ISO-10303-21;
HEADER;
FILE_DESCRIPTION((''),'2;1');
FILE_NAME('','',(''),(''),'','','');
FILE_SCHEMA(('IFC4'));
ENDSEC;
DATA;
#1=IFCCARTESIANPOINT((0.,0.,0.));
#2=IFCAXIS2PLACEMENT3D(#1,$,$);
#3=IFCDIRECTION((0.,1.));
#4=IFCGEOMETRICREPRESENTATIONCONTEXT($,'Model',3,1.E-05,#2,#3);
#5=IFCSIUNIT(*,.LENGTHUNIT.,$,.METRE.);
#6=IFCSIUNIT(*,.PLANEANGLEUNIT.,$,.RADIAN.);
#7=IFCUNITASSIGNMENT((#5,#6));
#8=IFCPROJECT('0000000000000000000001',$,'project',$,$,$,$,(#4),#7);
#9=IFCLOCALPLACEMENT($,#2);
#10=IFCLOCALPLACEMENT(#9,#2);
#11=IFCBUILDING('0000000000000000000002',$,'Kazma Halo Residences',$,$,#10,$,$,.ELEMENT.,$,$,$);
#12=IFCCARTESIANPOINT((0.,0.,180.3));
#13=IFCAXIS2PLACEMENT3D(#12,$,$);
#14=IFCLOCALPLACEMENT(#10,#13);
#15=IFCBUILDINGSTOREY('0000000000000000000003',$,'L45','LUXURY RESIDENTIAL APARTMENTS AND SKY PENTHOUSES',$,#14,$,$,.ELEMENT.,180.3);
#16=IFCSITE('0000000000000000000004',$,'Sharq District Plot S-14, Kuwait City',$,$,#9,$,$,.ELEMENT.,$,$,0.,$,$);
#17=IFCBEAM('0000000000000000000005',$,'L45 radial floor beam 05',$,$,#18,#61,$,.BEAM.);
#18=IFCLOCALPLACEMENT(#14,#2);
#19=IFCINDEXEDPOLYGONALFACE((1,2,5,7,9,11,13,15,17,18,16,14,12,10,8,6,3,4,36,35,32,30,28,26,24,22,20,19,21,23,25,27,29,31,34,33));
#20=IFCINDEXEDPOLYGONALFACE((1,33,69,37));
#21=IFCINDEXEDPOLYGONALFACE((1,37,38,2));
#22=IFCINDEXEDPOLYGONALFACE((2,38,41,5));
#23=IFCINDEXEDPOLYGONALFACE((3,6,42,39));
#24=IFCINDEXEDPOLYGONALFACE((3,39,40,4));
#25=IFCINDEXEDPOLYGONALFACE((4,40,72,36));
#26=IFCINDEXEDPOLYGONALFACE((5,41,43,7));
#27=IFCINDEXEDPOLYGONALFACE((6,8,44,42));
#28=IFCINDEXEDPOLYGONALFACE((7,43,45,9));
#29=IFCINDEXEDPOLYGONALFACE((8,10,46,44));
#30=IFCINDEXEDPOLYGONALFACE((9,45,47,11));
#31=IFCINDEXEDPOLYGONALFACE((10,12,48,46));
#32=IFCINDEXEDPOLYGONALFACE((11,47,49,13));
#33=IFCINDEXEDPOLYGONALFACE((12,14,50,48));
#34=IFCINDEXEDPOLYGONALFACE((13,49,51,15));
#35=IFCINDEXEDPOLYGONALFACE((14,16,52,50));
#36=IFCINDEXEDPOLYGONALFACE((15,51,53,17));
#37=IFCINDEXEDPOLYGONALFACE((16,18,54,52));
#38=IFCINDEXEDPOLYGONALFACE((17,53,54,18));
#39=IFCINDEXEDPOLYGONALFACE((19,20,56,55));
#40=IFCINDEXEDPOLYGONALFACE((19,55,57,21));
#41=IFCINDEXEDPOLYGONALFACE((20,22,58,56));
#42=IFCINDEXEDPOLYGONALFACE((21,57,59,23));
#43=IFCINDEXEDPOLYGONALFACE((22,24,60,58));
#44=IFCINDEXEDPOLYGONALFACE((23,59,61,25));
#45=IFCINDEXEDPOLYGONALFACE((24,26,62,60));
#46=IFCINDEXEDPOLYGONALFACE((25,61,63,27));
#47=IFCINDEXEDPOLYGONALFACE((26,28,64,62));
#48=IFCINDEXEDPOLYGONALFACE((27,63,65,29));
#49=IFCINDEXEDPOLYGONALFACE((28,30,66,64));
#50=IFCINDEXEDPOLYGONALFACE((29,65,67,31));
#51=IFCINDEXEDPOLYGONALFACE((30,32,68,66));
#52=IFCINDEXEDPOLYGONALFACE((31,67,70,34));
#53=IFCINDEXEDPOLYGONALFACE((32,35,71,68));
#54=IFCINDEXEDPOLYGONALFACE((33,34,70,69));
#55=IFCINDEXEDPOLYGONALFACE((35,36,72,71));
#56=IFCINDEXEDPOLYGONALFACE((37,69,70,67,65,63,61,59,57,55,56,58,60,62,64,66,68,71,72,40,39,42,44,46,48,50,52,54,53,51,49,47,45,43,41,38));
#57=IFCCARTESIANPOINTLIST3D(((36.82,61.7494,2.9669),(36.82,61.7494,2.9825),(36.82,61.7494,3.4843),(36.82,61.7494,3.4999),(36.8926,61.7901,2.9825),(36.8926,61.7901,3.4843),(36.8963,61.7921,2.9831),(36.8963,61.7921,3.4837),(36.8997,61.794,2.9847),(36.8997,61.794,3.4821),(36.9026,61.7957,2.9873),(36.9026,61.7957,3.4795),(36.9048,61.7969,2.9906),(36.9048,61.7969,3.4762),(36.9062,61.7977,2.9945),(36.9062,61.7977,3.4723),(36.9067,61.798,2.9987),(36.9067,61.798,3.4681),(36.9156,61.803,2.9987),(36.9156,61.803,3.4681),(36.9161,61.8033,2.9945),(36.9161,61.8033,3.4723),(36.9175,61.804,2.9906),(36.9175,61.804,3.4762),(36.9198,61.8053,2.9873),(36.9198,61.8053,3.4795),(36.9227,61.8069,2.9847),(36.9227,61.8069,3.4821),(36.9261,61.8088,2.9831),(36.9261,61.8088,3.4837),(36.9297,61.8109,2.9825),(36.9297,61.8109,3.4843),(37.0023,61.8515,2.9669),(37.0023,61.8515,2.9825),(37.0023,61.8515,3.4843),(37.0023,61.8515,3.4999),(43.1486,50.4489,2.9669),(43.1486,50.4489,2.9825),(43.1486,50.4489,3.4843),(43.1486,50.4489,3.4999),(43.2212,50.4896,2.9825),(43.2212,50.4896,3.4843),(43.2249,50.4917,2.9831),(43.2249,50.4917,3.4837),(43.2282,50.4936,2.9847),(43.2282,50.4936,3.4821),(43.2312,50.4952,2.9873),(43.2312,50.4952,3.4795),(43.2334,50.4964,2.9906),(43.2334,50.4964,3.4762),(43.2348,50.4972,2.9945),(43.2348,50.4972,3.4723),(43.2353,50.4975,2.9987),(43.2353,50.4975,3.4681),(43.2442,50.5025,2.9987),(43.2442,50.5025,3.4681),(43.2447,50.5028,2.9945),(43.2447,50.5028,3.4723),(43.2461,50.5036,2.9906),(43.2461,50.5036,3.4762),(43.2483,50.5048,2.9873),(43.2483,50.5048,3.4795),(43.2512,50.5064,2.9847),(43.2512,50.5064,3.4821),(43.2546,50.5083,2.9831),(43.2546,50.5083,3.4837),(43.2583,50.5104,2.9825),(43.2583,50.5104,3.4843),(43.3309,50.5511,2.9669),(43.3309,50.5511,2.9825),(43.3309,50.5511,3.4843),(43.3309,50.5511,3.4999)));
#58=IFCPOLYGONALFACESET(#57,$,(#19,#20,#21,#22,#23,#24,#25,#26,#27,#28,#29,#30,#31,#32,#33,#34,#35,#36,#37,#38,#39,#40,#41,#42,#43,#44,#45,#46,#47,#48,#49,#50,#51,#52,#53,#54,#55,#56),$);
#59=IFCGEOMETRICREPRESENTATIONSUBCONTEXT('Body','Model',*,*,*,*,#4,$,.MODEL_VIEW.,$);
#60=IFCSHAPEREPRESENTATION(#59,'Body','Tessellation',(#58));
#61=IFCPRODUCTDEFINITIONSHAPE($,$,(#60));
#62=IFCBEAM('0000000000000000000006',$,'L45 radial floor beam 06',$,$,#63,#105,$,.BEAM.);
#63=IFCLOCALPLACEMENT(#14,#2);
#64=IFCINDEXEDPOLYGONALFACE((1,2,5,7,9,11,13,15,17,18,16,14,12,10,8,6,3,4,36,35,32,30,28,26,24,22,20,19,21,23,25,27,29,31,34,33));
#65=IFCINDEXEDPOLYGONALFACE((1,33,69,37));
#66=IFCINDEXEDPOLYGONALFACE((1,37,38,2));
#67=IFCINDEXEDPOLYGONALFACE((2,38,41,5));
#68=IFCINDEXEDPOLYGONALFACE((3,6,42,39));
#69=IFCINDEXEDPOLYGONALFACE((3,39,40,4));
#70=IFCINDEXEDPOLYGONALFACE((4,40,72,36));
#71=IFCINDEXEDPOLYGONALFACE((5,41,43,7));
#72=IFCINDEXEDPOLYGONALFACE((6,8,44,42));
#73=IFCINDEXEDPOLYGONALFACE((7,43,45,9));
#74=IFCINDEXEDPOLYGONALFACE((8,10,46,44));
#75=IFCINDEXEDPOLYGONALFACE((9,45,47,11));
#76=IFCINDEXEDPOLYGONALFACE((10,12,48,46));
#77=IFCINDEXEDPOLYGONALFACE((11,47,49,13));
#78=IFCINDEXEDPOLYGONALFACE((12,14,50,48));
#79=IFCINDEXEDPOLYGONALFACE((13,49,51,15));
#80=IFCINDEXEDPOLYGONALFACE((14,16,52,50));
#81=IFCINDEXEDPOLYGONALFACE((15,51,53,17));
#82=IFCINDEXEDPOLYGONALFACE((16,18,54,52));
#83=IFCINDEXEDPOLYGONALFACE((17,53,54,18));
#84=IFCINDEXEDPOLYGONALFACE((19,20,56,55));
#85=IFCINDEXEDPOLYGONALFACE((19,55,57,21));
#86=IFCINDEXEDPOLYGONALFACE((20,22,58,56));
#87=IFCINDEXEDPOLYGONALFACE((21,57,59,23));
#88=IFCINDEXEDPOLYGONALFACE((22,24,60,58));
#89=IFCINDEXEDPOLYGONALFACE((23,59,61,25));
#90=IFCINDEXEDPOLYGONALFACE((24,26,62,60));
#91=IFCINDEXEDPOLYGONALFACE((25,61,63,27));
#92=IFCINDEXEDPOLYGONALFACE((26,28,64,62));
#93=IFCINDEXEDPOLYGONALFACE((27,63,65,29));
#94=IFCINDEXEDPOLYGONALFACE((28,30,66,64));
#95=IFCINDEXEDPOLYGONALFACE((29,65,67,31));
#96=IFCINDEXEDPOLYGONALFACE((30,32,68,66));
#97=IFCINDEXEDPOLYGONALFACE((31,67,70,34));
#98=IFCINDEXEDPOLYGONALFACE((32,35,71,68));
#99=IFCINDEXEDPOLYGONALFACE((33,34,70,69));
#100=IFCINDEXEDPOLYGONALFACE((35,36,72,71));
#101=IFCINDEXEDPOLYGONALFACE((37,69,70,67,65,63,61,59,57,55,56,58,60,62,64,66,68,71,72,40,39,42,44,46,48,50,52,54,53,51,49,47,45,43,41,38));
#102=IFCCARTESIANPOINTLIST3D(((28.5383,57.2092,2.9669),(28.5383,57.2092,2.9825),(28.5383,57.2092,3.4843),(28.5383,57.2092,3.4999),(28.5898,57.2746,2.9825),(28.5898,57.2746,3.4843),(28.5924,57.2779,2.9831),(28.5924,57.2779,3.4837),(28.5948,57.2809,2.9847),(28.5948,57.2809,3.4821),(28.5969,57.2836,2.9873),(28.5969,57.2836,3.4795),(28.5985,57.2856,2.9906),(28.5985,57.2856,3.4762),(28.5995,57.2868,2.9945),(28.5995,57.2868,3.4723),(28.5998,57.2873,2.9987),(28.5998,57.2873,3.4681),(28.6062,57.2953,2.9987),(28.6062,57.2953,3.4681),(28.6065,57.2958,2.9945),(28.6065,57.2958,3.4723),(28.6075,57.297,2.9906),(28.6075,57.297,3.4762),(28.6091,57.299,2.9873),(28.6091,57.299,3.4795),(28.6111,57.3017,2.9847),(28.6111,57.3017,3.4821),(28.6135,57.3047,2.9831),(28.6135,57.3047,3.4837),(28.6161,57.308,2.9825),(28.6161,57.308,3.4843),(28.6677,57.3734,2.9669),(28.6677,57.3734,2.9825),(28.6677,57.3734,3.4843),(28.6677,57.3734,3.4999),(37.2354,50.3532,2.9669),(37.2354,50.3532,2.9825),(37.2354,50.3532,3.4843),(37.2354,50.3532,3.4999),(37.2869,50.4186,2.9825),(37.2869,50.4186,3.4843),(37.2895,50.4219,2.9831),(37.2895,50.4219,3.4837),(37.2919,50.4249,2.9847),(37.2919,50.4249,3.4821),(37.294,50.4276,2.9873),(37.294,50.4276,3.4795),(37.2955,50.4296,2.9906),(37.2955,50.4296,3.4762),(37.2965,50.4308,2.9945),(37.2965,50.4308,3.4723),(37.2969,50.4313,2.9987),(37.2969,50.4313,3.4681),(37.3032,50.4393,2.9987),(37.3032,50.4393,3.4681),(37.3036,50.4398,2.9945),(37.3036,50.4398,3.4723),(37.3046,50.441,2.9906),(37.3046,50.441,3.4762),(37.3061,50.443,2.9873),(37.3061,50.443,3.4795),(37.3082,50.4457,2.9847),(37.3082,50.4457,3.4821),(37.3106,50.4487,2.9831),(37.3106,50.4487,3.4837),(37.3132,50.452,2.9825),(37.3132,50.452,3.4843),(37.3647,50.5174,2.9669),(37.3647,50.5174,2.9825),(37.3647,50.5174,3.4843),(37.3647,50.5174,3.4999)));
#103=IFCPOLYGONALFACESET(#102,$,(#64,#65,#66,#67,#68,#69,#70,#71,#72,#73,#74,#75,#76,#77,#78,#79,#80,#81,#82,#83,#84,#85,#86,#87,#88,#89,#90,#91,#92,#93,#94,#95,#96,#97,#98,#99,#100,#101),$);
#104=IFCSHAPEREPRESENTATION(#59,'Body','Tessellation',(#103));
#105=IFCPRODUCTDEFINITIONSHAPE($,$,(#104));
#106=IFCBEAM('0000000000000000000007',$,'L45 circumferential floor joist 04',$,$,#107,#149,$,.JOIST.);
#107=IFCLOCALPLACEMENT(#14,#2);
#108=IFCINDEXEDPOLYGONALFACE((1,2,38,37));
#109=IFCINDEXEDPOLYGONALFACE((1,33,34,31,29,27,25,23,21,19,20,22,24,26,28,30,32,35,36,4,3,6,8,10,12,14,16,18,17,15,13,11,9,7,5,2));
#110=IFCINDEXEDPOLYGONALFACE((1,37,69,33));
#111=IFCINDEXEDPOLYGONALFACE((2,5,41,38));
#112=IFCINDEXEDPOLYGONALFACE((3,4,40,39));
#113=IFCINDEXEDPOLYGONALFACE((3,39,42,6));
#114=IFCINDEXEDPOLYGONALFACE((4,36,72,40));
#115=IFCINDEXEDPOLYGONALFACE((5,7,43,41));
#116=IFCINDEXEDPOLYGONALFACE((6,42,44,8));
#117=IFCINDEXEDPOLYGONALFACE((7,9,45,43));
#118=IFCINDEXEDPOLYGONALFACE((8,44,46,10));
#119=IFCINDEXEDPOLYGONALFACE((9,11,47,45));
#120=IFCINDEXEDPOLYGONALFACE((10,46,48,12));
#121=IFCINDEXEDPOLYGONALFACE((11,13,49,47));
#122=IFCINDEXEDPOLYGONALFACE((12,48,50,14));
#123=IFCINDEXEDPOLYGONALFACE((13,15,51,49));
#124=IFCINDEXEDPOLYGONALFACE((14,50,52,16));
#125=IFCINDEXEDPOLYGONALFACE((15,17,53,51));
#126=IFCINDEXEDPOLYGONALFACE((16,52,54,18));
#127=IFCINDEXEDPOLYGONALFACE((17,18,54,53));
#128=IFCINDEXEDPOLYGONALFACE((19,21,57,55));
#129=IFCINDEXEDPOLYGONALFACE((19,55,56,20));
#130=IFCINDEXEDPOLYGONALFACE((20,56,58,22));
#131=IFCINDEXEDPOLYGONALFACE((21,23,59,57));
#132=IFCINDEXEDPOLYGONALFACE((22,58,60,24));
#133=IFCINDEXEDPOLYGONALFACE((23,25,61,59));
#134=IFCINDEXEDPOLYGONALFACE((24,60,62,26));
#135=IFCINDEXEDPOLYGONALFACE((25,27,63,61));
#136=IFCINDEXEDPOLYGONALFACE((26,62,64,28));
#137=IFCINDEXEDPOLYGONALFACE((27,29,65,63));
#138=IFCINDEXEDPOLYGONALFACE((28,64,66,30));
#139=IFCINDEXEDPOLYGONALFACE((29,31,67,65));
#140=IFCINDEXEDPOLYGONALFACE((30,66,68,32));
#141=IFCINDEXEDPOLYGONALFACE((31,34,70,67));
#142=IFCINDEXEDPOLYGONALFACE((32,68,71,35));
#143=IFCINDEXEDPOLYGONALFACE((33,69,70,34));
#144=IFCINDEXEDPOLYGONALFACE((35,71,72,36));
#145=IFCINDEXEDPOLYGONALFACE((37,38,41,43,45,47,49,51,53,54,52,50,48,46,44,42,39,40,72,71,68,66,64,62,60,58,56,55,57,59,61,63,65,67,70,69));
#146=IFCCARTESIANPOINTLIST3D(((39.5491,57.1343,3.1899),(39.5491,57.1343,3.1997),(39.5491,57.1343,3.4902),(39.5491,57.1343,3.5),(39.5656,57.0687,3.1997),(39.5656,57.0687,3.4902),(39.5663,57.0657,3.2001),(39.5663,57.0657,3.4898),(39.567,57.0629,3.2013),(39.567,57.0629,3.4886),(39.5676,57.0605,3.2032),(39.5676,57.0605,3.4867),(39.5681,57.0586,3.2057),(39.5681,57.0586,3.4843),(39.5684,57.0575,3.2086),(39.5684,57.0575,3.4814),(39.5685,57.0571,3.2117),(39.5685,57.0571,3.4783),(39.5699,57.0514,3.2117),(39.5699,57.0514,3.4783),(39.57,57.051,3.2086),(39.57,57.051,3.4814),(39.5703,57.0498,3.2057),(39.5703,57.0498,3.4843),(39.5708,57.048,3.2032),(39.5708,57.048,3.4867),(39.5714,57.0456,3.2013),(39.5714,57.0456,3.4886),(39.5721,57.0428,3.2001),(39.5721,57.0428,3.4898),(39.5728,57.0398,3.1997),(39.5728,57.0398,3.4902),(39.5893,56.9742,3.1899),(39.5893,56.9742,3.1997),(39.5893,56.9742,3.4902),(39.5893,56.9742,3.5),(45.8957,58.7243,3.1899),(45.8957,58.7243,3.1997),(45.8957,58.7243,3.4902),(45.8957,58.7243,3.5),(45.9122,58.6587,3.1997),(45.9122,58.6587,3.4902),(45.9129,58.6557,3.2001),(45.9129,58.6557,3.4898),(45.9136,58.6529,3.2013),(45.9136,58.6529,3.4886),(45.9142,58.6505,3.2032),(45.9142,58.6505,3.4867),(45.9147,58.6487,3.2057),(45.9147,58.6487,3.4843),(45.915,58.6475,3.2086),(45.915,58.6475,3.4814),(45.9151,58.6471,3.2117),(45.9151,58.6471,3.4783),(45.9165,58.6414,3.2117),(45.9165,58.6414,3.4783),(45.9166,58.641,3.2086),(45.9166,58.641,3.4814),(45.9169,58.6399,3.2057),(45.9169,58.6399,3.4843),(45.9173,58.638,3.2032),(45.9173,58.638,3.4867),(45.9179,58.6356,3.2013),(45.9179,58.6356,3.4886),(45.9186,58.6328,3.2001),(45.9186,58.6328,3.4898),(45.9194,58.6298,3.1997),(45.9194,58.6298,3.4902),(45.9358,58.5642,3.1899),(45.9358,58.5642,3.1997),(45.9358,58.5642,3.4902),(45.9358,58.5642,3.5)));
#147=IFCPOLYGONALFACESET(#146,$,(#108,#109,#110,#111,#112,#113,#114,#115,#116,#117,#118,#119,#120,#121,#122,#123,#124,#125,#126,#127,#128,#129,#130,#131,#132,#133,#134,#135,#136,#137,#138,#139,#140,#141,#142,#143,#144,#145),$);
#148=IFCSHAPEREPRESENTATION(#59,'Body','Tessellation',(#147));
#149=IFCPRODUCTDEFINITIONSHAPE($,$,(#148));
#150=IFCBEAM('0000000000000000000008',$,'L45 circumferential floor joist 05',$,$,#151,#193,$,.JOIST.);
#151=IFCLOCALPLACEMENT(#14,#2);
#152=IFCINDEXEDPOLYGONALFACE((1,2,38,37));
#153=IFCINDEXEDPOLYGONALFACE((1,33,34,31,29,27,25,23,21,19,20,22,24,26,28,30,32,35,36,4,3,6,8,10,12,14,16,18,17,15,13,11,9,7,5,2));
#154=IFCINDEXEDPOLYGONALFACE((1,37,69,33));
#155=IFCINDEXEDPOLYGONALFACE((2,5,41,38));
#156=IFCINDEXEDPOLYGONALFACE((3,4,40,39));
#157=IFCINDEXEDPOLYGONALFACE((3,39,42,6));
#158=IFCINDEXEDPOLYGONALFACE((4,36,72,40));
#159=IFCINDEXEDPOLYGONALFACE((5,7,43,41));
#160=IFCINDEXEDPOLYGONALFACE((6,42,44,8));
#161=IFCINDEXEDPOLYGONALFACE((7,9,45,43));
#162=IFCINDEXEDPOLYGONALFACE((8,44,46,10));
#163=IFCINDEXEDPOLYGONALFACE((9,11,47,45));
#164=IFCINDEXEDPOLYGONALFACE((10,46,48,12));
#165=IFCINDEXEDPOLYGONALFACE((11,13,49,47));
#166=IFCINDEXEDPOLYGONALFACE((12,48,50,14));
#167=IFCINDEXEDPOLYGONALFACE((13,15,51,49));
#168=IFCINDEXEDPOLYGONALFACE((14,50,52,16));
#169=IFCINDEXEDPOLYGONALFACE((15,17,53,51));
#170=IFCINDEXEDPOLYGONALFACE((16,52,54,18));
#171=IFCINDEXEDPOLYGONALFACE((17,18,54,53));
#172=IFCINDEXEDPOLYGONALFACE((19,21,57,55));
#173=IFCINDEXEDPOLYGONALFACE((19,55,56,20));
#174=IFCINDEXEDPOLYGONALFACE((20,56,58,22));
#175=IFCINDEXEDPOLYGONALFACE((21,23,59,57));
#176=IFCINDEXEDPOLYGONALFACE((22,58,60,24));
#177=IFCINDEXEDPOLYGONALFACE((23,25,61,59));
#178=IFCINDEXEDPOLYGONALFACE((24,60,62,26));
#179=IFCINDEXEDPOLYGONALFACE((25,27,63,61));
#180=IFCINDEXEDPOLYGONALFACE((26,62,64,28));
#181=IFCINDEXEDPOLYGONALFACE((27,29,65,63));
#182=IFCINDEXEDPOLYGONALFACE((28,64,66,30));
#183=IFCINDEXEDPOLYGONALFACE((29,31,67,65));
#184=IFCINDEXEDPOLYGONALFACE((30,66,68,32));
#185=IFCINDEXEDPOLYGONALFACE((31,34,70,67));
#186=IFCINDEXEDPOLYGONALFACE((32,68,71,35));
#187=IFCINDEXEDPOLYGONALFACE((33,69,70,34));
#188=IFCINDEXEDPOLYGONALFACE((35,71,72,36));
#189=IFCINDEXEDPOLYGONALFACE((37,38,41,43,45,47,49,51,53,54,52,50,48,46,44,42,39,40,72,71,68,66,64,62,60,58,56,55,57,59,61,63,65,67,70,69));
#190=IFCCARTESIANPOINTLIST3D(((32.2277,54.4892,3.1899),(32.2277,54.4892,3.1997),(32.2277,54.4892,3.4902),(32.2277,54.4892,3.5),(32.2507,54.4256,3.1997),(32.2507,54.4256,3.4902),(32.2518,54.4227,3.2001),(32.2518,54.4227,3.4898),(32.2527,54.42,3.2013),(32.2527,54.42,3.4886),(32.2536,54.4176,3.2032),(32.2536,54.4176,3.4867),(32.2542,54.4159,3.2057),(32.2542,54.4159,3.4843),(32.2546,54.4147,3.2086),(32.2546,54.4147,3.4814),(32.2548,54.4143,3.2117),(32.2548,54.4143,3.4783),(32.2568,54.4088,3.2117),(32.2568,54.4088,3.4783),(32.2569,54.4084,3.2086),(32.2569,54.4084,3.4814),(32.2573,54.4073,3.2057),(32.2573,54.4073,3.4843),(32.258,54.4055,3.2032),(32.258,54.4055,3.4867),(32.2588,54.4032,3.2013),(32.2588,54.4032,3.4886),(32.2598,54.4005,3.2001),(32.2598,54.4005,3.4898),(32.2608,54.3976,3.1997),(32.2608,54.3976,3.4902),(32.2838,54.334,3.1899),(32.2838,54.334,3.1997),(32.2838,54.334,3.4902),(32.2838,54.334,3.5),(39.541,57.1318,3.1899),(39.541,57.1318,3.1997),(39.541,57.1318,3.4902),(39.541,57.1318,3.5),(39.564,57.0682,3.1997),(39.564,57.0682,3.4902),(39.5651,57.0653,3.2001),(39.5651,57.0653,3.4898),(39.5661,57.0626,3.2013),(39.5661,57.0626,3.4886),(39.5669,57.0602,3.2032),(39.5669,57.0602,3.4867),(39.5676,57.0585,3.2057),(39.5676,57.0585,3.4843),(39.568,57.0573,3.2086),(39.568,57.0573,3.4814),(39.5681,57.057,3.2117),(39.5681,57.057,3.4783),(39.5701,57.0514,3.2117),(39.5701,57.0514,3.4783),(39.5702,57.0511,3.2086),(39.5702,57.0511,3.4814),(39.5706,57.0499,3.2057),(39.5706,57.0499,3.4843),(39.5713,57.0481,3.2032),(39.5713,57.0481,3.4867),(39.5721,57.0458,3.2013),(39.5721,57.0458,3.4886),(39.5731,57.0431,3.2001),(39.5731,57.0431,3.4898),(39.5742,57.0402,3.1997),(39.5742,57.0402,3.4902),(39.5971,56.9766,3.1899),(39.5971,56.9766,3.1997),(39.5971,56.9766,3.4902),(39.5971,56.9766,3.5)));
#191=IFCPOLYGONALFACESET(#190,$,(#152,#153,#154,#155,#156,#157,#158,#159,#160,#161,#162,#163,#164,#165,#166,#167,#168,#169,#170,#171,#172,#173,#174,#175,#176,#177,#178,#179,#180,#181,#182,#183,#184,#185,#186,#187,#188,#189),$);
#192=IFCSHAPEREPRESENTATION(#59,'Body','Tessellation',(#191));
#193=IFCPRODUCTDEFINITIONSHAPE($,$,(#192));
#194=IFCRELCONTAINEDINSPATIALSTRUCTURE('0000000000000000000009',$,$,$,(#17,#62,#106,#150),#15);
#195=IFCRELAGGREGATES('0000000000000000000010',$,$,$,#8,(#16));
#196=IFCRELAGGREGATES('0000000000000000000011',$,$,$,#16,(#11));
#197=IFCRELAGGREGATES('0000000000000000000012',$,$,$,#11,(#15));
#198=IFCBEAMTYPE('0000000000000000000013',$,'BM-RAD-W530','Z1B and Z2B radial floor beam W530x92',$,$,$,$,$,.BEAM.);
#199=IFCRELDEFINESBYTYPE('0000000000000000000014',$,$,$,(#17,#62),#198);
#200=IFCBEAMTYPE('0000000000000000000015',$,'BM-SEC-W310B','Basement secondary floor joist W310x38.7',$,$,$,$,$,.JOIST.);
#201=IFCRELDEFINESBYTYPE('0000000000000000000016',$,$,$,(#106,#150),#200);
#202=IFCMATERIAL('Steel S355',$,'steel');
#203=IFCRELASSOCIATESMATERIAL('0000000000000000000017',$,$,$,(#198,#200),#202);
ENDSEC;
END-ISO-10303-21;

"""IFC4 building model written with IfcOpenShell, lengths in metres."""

from ifc_helpers import new_model, si_unit, direction, frame, origin, origin_2d, place, context, subcontext, project, spatial, i_section, extrude, material, material_profile, profile_set, type_object, element, save


model = new_model("IFC4")

# Units and contexts
model_context = context("Model", 3, precision=1e-05, world=origin(), true_north=direction((0.0, 1.0)))
body_context = subcontext(model_context, "Body", "Model", "MODEL_VIEW")
ifc_project = project(units=[si_unit("LENGTHUNIT", "METRE"), si_unit("PLANEANGLEUNIT", "RADIAN")], contexts=[model_context])

# Site, building, storey
site_placement = place(None, origin())
site = spatial("IfcSite", under=ifc_project, at=site_placement, Name="Sharq District Plot S-14, Kuwait City", CompositionType="ELEMENT", RefElevation=0.0)
building_placement = place(site_placement, origin())
building = spatial("IfcBuilding", under=site, at=building_placement, Name="Kazma Halo Residences", CompositionType="ELEMENT")
storey_placement = place(building_placement, frame((0.0, 0.0, 180.3)))
storey = spatial("IfcBuildingStorey", under=building, at=storey_placement, Name="L45", Description="LUXURY RESIDENTIAL APARTMENTS AND SKY PENTHOUSES", CompositionType="ELEMENT", Elevation=180.3)

# Beams
ifc_material_1 = material(Name="Steel S355", Category="steel")
ifc_material_profile_1 = material_profile(ifc_material_1, i_section(OverallWidth=0.209, OverallDepth=0.533, WebThickness=0.0103, FlangeThickness=0.0156, FilletRadius=0.0161, at=origin_2d()), Name="W530x92")
ifc_profile_set_1 = profile_set([ifc_material_profile_1], Name="Steel S355")
beam_type_1 = type_object("IfcBeamType", Name="BM-RAD-W530", Description="Z1B and Z2B radial floor beam W530x92", PredefinedType="BEAM", material=ifc_profile_set_1)
beam_1_placement = place(storey_placement, frame((43.2397, 50.5, 3.2334), z_axis=(-0.488622, 0.872496, 0.0), x_axis=(-0.872496, -0.488622, 0.0)))
element("IfcBeam", 1, at=beam_1_placement, inside=storey, type_object=beam_type_1, Name="L45 radial floor beam 05", PredefinedType="BEAM", context=body_context, shape_type="SweptSolid", body=[
    extrude(i_section(OverallWidth=0.209, OverallDepth=0.533, WebThickness=0.0103, FlangeThickness=0.0156, FilletRadius=0.0161, at=origin_2d()), origin(), (0.0, 0.0, 1.0), 12.9519),
])
beam_2_placement = place(storey_placement, frame((37.3, 50.4353, 3.2334), z_axis=(-0.785327, 0.619082, 0.0), x_axis=(-0.619082, -0.785327, 0.0)))
element("IfcBeam", 2, at=beam_2_placement, inside=storey, type_object=beam_type_1, Name="L45 radial floor beam 06", PredefinedType="BEAM", context=body_context, shape_type="SweptSolid", body=[
    extrude(i_section(OverallWidth=0.209, OverallDepth=0.533, WebThickness=0.0103, FlangeThickness=0.0156, FilletRadius=0.0161, at=origin_2d()), origin(), (0.0, 0.0, 1.0), 11.0745),
])
ifc_material_profile_2 = material_profile(ifc_material_1, i_section(OverallWidth=0.165, OverallDepth=0.3101, WebThickness=0.0059, FlangeThickness=0.0098, FilletRadius=0.012, at=origin_2d()), Name="W310x38.7")
ifc_profile_set_2 = profile_set([ifc_material_profile_2], Name="Steel S355")
beam_type_2 = type_object("IfcBeamType", Name="BM-SEC-W310B", Description="Basement secondary floor joist W310x38.7", PredefinedType="JOIST", material=ifc_profile_set_2)
beam_3_placement = place(storey_placement, frame((45.9158, 58.6443, 3.345), z_axis=(-0.970019, -0.243027, 0.0), x_axis=(0.243027, -0.970019, 0.0)))
element("IfcBeam", 3, at=beam_3_placement, inside=storey, type_object=beam_type_2, Name="L45 circumferential floor joist 04", PredefinedType="JOIST", context=body_context, shape_type="SweptSolid", body=[
    extrude(i_section(OverallWidth=0.165, OverallDepth=0.3101, WebThickness=0.0059, FlangeThickness=0.0098, FilletRadius=0.012, at=origin_2d()), origin(), (0.0, 0.0, 1.0), 6.5427),
])
beam_4_placement = place(storey_placement, frame((39.5691, 57.0542, 3.345), z_axis=(-0.940485, -0.339837, 0.0), x_axis=(0.339837, -0.940485, 0.0)))
element("IfcBeam", 4, at=beam_4_placement, inside=storey, type_object=beam_type_2, Name="L45 circumferential floor joist 05", PredefinedType="JOIST", context=body_context, shape_type="SweptSolid", body=[
    extrude(i_section(OverallWidth=0.165, OverallDepth=0.3101, WebThickness=0.0059, FlangeThickness=0.0098, FilletRadius=0.012, at=origin_2d()), origin(), (0.0, 0.0, 1.0), 7.7761),
])

save(model, "model.ifc")
